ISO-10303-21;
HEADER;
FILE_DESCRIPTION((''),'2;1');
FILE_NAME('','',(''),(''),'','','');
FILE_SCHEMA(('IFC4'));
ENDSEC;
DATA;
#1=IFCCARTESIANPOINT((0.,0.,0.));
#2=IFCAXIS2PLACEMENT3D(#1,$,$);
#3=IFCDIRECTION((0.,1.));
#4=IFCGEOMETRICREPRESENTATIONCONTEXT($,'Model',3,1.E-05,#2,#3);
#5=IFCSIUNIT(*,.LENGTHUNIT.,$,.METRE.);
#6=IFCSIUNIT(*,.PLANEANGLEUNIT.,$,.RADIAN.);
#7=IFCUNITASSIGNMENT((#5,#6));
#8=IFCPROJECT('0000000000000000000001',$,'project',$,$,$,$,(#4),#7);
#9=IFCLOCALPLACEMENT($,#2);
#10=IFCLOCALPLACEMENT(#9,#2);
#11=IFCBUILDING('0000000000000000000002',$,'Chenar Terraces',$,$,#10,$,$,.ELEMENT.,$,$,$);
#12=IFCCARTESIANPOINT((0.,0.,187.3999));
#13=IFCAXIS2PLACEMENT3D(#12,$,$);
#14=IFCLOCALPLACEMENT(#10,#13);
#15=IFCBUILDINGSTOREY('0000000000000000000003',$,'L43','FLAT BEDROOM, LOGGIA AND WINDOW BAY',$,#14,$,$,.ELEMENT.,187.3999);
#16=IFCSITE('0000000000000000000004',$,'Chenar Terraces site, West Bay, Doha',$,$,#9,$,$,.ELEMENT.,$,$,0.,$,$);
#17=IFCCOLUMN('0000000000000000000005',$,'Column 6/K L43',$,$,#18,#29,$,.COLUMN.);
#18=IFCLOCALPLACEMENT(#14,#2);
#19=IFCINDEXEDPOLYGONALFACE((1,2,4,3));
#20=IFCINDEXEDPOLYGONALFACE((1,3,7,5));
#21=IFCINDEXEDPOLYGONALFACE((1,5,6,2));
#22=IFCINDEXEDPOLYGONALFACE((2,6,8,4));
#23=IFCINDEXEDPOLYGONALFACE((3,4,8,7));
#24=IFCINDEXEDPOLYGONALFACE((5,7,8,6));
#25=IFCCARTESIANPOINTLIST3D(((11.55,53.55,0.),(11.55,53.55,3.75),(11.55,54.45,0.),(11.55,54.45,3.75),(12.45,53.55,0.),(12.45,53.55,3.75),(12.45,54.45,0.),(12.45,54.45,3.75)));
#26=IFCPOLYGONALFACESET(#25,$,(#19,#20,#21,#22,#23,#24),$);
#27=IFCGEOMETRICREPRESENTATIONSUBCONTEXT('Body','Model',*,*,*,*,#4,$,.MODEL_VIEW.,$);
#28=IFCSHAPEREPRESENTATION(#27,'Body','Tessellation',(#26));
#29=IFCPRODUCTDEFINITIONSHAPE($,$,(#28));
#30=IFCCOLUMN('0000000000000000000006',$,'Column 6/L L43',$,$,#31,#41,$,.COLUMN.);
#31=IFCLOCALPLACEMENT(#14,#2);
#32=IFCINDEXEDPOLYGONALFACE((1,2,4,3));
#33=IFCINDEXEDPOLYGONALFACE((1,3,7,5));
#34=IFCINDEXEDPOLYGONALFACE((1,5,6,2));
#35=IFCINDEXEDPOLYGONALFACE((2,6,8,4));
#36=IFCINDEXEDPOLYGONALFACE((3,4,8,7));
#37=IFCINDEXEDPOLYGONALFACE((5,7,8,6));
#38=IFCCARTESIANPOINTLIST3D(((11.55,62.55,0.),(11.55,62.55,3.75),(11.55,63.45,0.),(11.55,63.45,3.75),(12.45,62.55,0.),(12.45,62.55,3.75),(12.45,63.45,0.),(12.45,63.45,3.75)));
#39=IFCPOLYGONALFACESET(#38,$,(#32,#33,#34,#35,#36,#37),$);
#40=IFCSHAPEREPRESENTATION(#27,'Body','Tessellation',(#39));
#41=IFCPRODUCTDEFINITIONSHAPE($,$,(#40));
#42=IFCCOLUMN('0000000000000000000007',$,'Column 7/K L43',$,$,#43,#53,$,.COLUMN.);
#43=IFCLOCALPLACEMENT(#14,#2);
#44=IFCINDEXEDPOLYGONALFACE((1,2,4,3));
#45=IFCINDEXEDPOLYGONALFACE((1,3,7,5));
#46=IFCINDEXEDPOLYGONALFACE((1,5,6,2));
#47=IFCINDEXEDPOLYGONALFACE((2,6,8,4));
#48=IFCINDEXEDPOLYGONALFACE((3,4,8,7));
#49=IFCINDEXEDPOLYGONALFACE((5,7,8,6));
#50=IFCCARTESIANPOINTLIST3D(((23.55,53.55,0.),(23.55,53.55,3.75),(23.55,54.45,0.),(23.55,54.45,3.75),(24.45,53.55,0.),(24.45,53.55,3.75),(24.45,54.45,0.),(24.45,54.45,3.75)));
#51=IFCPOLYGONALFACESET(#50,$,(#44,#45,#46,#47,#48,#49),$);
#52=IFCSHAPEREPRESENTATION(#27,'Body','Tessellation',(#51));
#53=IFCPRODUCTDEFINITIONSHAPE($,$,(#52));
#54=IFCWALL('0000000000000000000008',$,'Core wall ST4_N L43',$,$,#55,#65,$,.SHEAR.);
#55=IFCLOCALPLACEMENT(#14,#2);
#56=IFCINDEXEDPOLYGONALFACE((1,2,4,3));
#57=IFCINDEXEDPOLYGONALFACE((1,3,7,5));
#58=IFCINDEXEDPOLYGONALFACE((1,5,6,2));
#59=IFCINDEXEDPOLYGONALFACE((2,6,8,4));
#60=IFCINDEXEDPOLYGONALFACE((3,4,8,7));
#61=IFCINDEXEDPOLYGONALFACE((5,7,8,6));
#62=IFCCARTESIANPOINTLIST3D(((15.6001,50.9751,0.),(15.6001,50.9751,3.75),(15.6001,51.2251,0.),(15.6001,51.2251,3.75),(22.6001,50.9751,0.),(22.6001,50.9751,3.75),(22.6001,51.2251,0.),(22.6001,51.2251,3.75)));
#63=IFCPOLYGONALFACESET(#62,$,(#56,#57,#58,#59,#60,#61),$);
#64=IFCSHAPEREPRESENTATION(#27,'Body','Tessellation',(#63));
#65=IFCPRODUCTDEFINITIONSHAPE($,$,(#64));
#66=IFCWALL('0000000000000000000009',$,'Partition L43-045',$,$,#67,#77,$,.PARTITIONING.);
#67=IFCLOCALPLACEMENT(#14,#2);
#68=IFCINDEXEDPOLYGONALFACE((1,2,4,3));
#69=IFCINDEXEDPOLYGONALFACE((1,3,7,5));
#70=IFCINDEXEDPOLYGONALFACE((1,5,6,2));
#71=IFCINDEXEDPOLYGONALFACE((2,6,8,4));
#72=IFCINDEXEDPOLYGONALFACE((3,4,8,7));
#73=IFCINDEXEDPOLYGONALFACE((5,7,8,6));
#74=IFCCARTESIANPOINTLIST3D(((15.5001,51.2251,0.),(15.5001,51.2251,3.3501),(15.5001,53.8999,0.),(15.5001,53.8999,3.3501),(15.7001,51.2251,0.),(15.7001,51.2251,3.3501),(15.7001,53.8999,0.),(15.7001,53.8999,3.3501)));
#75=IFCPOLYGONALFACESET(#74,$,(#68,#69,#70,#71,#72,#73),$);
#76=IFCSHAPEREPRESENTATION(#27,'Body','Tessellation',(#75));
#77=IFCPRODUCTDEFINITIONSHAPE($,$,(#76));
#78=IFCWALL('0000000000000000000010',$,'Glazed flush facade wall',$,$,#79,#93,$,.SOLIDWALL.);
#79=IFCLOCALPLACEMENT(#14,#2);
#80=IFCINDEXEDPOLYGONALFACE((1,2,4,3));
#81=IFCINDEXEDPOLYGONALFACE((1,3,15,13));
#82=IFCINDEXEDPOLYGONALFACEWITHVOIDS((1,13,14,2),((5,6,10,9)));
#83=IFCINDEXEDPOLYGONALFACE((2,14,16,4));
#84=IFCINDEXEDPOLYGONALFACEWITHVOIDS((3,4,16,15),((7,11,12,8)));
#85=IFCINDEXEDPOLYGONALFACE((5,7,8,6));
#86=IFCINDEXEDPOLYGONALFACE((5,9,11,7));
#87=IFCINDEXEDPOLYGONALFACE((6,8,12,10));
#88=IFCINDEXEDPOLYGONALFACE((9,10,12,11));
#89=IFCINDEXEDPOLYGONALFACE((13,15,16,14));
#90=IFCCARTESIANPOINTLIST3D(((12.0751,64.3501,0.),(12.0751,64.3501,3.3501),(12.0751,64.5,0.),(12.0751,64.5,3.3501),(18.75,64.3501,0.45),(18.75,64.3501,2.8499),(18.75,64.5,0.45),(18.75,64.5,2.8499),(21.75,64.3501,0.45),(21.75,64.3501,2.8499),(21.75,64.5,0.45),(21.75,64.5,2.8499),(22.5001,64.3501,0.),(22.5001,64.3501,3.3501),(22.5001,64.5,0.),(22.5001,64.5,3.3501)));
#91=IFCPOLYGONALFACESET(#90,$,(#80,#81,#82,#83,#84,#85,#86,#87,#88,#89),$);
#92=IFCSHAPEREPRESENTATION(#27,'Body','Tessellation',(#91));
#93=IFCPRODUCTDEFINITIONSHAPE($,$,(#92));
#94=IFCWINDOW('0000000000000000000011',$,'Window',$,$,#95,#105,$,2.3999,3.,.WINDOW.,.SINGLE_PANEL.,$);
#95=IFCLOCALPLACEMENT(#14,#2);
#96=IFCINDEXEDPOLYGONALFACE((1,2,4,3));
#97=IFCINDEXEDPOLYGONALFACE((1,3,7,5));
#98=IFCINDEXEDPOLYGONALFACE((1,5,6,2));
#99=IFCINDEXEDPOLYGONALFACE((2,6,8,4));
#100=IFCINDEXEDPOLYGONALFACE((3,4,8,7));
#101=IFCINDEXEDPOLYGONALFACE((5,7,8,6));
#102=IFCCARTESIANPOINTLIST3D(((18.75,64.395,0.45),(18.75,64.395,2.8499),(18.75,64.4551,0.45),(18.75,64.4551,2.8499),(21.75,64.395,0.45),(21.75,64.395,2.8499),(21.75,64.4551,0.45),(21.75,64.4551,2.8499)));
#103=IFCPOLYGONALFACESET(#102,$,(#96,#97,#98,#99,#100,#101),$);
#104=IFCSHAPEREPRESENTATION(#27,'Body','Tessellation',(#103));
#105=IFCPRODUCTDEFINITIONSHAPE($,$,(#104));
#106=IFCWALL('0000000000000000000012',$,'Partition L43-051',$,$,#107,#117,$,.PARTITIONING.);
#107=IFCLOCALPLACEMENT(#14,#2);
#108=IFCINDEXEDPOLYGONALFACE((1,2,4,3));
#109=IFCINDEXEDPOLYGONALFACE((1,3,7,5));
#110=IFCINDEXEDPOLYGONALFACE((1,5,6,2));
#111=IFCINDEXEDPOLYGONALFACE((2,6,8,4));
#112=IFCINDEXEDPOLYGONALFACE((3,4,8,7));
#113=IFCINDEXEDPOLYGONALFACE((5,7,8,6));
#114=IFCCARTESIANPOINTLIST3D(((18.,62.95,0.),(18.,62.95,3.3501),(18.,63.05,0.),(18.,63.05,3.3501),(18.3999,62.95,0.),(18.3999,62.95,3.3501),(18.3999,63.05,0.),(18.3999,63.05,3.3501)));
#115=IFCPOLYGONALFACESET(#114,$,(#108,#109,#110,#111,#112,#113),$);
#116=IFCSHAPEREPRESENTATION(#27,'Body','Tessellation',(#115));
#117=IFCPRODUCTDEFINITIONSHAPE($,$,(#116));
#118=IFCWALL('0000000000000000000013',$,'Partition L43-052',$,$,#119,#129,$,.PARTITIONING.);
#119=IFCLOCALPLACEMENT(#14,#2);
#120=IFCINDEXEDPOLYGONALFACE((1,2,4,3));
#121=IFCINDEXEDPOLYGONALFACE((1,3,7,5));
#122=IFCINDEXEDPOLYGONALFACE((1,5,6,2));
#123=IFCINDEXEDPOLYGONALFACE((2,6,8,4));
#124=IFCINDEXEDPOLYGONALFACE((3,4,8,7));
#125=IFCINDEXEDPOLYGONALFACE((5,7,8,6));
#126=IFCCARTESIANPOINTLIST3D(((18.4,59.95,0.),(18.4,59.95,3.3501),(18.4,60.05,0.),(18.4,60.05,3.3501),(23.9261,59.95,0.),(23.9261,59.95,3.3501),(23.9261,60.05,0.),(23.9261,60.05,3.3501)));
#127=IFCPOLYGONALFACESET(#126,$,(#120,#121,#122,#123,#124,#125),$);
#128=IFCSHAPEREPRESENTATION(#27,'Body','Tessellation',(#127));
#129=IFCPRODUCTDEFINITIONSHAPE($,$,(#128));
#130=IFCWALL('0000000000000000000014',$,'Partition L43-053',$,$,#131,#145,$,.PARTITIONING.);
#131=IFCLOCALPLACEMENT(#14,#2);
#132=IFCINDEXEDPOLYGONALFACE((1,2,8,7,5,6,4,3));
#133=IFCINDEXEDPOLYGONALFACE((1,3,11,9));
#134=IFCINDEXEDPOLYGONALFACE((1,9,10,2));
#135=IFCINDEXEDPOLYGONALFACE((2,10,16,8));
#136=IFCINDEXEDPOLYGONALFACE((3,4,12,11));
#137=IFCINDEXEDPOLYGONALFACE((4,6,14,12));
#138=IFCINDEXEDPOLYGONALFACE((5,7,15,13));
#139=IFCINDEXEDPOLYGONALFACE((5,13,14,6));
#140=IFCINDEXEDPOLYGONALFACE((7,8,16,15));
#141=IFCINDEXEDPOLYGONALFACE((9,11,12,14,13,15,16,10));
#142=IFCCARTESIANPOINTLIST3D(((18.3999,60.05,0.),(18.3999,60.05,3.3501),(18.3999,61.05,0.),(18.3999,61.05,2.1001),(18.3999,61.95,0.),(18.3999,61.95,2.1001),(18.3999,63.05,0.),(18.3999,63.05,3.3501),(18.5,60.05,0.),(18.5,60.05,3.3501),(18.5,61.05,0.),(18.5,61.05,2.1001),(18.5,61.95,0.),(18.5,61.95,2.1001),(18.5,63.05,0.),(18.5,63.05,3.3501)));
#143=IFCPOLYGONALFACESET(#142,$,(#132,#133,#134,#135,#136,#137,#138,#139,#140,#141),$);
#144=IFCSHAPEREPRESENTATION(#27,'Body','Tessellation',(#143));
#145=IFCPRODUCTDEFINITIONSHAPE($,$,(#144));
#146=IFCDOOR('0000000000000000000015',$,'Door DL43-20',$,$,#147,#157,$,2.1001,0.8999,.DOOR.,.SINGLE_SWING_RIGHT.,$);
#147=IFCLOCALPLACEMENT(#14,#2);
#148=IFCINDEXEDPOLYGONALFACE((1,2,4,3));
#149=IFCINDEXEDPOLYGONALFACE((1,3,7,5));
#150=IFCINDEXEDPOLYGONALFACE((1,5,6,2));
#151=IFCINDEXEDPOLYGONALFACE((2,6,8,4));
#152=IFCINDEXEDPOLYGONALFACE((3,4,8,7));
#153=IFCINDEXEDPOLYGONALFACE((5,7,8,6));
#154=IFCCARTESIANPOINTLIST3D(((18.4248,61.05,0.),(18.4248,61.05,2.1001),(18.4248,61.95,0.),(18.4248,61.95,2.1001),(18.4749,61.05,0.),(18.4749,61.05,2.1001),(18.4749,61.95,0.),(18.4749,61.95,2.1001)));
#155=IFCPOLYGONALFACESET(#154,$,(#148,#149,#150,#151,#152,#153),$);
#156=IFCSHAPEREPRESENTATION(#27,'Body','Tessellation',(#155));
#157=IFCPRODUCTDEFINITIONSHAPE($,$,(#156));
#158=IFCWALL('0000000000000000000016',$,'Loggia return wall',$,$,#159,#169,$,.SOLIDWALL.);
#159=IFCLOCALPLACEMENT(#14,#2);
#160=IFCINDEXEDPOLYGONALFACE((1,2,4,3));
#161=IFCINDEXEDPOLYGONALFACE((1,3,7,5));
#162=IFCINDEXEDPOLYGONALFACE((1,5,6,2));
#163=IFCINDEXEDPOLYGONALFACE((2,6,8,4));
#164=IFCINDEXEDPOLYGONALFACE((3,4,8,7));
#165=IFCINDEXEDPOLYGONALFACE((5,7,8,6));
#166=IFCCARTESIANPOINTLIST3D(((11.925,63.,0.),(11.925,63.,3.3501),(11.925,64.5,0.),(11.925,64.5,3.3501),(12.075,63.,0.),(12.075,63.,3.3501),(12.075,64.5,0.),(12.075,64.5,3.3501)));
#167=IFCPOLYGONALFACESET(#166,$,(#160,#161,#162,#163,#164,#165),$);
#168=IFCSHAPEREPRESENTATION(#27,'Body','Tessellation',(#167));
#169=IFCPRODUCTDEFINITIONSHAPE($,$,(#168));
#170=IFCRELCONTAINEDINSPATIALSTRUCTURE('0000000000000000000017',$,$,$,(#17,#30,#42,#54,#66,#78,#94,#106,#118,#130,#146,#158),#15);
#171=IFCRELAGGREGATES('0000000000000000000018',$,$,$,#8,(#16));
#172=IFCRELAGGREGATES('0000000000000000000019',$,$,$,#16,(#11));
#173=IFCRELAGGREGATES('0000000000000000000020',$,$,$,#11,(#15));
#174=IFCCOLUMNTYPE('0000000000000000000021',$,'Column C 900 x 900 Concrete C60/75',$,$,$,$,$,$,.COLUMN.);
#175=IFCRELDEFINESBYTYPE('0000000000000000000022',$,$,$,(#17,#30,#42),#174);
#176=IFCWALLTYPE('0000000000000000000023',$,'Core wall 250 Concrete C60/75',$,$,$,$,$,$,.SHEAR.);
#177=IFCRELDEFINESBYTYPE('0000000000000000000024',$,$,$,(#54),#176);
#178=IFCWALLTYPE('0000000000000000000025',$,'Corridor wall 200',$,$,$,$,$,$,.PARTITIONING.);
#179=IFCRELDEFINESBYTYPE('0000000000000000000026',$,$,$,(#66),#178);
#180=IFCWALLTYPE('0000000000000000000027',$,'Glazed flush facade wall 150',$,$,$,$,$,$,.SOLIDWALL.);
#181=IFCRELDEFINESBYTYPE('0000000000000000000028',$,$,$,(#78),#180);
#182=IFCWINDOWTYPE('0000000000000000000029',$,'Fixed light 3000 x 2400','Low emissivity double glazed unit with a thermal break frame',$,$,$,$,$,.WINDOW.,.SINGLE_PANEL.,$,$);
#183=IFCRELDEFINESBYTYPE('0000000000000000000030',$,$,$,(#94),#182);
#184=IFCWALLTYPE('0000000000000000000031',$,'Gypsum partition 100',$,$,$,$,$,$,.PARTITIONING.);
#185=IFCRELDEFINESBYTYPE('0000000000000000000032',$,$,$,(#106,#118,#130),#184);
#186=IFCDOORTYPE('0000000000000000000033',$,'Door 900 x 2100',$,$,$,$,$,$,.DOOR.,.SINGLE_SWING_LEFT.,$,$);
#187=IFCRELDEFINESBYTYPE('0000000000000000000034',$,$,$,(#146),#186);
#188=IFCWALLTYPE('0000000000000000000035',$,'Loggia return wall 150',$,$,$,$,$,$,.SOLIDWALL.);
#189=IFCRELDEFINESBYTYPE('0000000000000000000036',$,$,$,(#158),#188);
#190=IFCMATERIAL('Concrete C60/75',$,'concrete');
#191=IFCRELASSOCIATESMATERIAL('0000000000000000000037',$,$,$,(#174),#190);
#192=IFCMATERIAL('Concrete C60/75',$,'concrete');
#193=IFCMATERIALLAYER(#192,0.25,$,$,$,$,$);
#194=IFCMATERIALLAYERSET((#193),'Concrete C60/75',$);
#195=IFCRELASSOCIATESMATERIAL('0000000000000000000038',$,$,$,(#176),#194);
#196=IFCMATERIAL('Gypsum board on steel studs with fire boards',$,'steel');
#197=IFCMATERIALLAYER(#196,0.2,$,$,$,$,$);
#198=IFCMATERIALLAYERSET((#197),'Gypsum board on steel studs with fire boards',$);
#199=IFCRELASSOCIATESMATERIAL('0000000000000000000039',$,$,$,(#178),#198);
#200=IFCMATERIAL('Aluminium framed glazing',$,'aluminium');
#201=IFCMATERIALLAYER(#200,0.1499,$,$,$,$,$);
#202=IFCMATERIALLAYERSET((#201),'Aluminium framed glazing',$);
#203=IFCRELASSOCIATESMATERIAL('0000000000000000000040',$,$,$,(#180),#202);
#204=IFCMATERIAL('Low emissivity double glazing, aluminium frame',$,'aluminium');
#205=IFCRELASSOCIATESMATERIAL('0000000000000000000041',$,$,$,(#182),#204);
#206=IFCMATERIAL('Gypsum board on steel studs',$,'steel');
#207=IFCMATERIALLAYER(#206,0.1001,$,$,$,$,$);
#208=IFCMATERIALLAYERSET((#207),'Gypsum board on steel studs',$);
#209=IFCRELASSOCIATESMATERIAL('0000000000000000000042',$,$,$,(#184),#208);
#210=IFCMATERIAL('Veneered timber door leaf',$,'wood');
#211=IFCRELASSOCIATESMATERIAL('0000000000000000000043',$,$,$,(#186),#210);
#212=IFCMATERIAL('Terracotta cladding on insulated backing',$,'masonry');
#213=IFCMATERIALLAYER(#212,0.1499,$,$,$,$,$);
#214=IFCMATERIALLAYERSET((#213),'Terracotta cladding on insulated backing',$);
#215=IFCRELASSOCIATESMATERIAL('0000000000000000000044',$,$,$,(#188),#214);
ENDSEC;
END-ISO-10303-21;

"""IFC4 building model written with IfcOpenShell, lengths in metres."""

from ifc_helpers import new_model, si_unit, direction, frame, frame_2d, origin, origin_2d, place, context, subcontext, project, spatial, rectangle, extrude, material, layer, layer_set, material_profile, profile_set, type_object, element, fill, save


model = new_model("IFC4")

# Units and contexts
model_context = context("Model", 3, precision=1e-05, world=origin(), true_north=direction((0.0, 1.0)))
body_context = subcontext(model_context, "Body", "Model", "MODEL_VIEW")
ifc_project = project(units=[si_unit("LENGTHUNIT", "METRE"), si_unit("PLANEANGLEUNIT", "RADIAN")], contexts=[model_context])

# Site, building, storey
site_placement = place(None, origin())
site = spatial("IfcSite", under=ifc_project, at=site_placement, Name="Chenar Terraces site, West Bay, Doha", CompositionType="ELEMENT", RefElevation=0.0)
building_placement = place(site_placement, origin())
building = spatial("IfcBuilding", under=site, at=building_placement, Name="Chenar Terraces", CompositionType="ELEMENT")
storey_placement = place(building_placement, frame((0.0, 0.0, 187.3999)))
storey = spatial("IfcBuildingStorey", under=building, at=storey_placement, Name="L43", Description="FLAT BEDROOM, LOGGIA AND WINDOW BAY", CompositionType="ELEMENT", Elevation=187.3999)

# Columns
ifc_material_1 = material(Name="Concrete C60/75", Category="concrete")
ifc_material_profile_1 = material_profile(ifc_material_1, rectangle(XDim=0.8999, YDim=0.8999, at=origin_2d()), Name="C 900 x 900")
ifc_profile_set_1 = profile_set([ifc_material_profile_1], Name="Concrete C60/75")
column_type = type_object("IfcColumnType", Name="Column C 900 x 900 Concrete C60/75", PredefinedType="COLUMN", material=ifc_profile_set_1)
for number, where, z_axis, x_axis, name in (
    (1, (12.0, 54.0, 0.0), (0.0, 0.0, 1.0), (1.0, 0.0, 0.0), "Column 6/K L43"),
    (2, (12.0, 63.0, 0.0), (0.0, 0.0, 1.0), (1.0, 0.0, 0.0), "Column 6/L L43"),
    (3, (24.0, 54.0, 0.0), (0.0, 0.0, 1.0), (1.0, 0.0, 0.0), "Column 7/K L43"),
):
    element("IfcColumn", number, at=place(storey_placement, frame(where, z_axis=z_axis, x_axis=x_axis)), inside=storey, type_object=column_type, Name=name, PredefinedType="COLUMN", context=body_context, shape_type="SweptSolid", body=[
        extrude(rectangle(XDim=0.8999, YDim=0.8999, at=origin_2d()), origin(), (0.0, 0.0, 1.0), 3.75),
    ])

# Walls
ifc_material_2 = material(Name="Concrete C60/75", Category="concrete")
ifc_layer_1 = layer(ifc_material_2, 0.25)
ifc_layer_set_1 = layer_set([ifc_layer_1], Name="Concrete C60/75")
wall_type_1 = type_object("IfcWallType", Name="Core wall 250 Concrete C60/75", PredefinedType="SHEAR", material=ifc_layer_set_1)
wall_1_placement = place(storey_placement, frame((15.6001, 51.1001, 0.0), z_axis=(0.0, 0.0, 1.0), x_axis=(1.0, 0.0, 0.0)))
element("IfcWall", 4, at=wall_1_placement, inside=storey, type_object=wall_type_1, Name="Core wall ST4_N L43", PredefinedType="SHEAR", context=body_context, shape_type="SweptSolid", body=[
    extrude(rectangle(XDim=7.0, YDim=0.25, at=frame_2d((3.5, 0.0))), origin(), (0.0, 0.0, 1.0), 3.75),
])
ifc_material_3 = material(Name="Gypsum board on steel studs with fire boards", Category="steel")
ifc_layer_2 = layer(ifc_material_3, 0.2)
ifc_layer_set_2 = layer_set([ifc_layer_2], Name="Gypsum board on steel studs with fire boards")
wall_type_2 = type_object("IfcWallType", Name="Corridor wall 200", PredefinedType="PARTITIONING", material=ifc_layer_set_2)
wall_2_placement = place(storey_placement, frame((15.6001, 51.2251, 0.0), z_axis=(0.0, 0.0, 1.0), x_axis=(0.0, 1.0, 0.0)))
element("IfcWall", 5, at=wall_2_placement, inside=storey, type_object=wall_type_2, Name="Partition L43-045", PredefinedType="PARTITIONING", context=body_context, shape_type="SweptSolid", body=[
    extrude(rectangle(XDim=2.6748, YDim=0.2, at=frame_2d((1.3374, 0.0))), origin(), (0.0, 0.0, 1.0), 3.3501),
])

# Wall, opening, window
ifc_material_4 = material(Name="Aluminium framed glazing", Category="aluminium")
ifc_layer_3 = layer(ifc_material_4, 0.1499)
ifc_layer_set_3 = layer_set([ifc_layer_3], Name="Aluminium framed glazing")
wall_type_3 = type_object("IfcWallType", Name="Glazed flush facade wall 150", PredefinedType="SOLIDWALL", material=ifc_layer_set_3)
wall_3_placement = place(storey_placement, frame((22.5, 64.425, 0.0), z_axis=(0.0, 0.0, 1.0), x_axis=(-1.0, 0.0, 0.0)))
wall_3 = element("IfcWall", 6, at=wall_3_placement, inside=storey, type_object=wall_type_3, Name="Glazed flush facade wall", PredefinedType="SOLIDWALL", context=body_context, shape_type="SweptSolid", body=[
    extrude(rectangle(XDim=10.425, YDim=0.1499, at=frame_2d((5.2124, 0.0))), origin(), (0.0, 0.0, 1.0), 3.3501),
])
opening_1_placement = place(wall_3_placement, frame((0.75, 0.0, 0.45)))
opening_1 = element("IfcOpeningElement", 7, at=opening_1_placement, cuts=wall_3, PredefinedType="OPENING", context=body_context, shape_type="SweptSolid", body=[
    extrude(rectangle(XDim=3.0, YDim=2.3999, at=frame_2d((1.5, 1.2))), frame((0.0, 0.085, 0.0), z_axis=(0.0, -1.0, 0.0), x_axis=(1.0, 0.0, 0.0)), (0.0, 0.0, 1.0), 0.1699),
])
ifc_material_5 = material(Name="Low emissivity double glazing, aluminium frame", Category="aluminium")
window_type = type_object("IfcWindowType", Name="Fixed light 3000 x 2400", Description="Low emissivity double glazed unit with a thermal break frame", PartitioningType="SINGLE_PANEL", PredefinedType="WINDOW", material=ifc_material_5)
window_placement = place(opening_1_placement, origin())
window = element("IfcWindow", 8, at=window_placement, inside=storey, type_object=window_type, Name="Window", OverallHeight=2.3999, OverallWidth=3.0, PartitioningType="SINGLE_PANEL", PredefinedType="WINDOW", context=body_context, shape_type="SweptSolid", body=[
    extrude(rectangle(XDim=3.0, YDim=2.3999, at=frame_2d((1.5, 1.2))), frame((0.0, 0.03, 0.0), z_axis=(0.0, -1.0, 0.0), x_axis=(1.0, 0.0, 0.0)), (0.0, 0.0, 1.0), 0.0601),
])
fill(opening_1, window)

# Walls
ifc_material_6 = material(Name="Gypsum board on steel studs", Category="steel")
ifc_layer_4 = layer(ifc_material_6, 0.1001)
ifc_layer_set_4 = layer_set([ifc_layer_4], Name="Gypsum board on steel studs")
wall_type_4 = type_object("IfcWallType", Name="Gypsum partition 100", PredefinedType="PARTITIONING", material=ifc_layer_set_4)
wall_4_placement = place(storey_placement, frame((18.0, 63.0, 0.0), z_axis=(0.0, 0.0, 1.0), x_axis=(1.0, 0.0, 0.0)))
element("IfcWall", 9, at=wall_4_placement, inside=storey, type_object=wall_type_4, Name="Partition L43-051", PredefinedType="PARTITIONING", context=body_context, shape_type="SweptSolid", body=[
    extrude(rectangle(XDim=0.3999, YDim=0.1001, at=frame_2d((0.2, 0.0))), origin(), (0.0, 0.0, 1.0), 3.3501),
])
wall_5_placement = place(storey_placement, frame((18.3999, 60.0, 0.0), z_axis=(0.0, 0.0, 1.0), x_axis=(1.0, 0.0, 0.0)))
element("IfcWall", 10, at=wall_5_placement, inside=storey, type_object=wall_type_4, Name="Partition L43-052", PredefinedType="PARTITIONING", context=body_context, shape_type="SweptSolid", body=[
    extrude(rectangle(XDim=5.5261, YDim=0.1001, at=frame_2d((2.7632, 0.0))), origin(), (0.0, 0.0, 1.0), 3.3501),
])

# Wall, opening, door
wall_6_placement = place(storey_placement, frame((18.45, 60.05, 0.0), z_axis=(0.0, 0.0, 1.0), x_axis=(0.0, 1.0, 0.0)))
wall_6 = element("IfcWall", 11, at=wall_6_placement, inside=storey, type_object=wall_type_4, Name="Partition L43-053", PredefinedType="PARTITIONING", context=body_context, shape_type="SweptSolid", body=[
    extrude(rectangle(XDim=3.0, YDim=0.1001, at=frame_2d((1.5, 0.0))), origin(), (0.0, 0.0, 1.0), 3.3501),
])
opening_2_placement = place(wall_6_placement, frame((1.0, 0.0, 0.0)))
opening_2 = element("IfcOpeningElement", 12, at=opening_2_placement, cuts=wall_6, PredefinedType="OPENING", context=body_context, shape_type="SweptSolid", body=[
    extrude(rectangle(XDim=0.8999, YDim=2.1001, at=frame_2d((0.45, 1.05))), frame((0.0, 0.0601, 0.0), z_axis=(0.0, -1.0, 0.0), x_axis=(1.0, 0.0, 0.0)), (0.0, 0.0, 1.0), 0.1201),
])
ifc_material_7 = material(Name="Veneered timber door leaf", Category="wood")
door_type_1 = type_object("IfcDoorType", Name="Door 900 x 2100", OperationType="SINGLE_SWING_LEFT", PredefinedType="DOOR", material=ifc_material_7)
door_1_placement = place(opening_2_placement, frame((0.8999, 0.0, 0.0), z_axis=(0.0, 0.0, 1.0), x_axis=(-1.0, 0.0, 0.0)))
door_1 = element("IfcDoor", 13, at=door_1_placement, inside=storey, type_object=door_type_1, Name="Door DL43-20", OperationType="SINGLE_SWING_RIGHT", OverallHeight=2.1001, OverallWidth=0.8999, PredefinedType="DOOR", context=body_context, shape_type="SweptSolid", body=[
    extrude(rectangle(XDim=0.8999, YDim=2.1001, at=frame_2d((0.45, 1.05))), frame((0.0, 0.0249, 0.0), z_axis=(0.0, -1.0, 0.0), x_axis=(1.0, 0.0, 0.0)), (0.0, 0.0, 1.0), 0.05),
])
fill(opening_2, door_1)

# Wall
ifc_material_8 = material(Name="Terracotta cladding on insulated backing", Category="masonry")
ifc_layer_5 = layer(ifc_material_8, 0.1499)
ifc_layer_set_5 = layer_set([ifc_layer_5], Name="Terracotta cladding on insulated backing")
wall_type_5 = type_object("IfcWallType", Name="Loggia return wall 150", PredefinedType="SOLIDWALL", material=ifc_layer_set_5)
wall_7_placement = place(storey_placement, frame((12.0, 64.5, 0.0), z_axis=(0.0, 0.0, 1.0), x_axis=(0.0, -1.0, 0.0)))
element("IfcWall", 14, at=wall_7_placement, inside=storey, type_object=wall_type_5, Name="Loggia return wall", PredefinedType="SOLIDWALL", context=body_context, shape_type="SweptSolid", body=[
    extrude(rectangle(XDim=1.5, YDim=0.1499, at=frame_2d((0.75, 0.0))), origin(), (0.0, 0.0, 1.0), 3.3501),
])

save(model, "model.ifc")
